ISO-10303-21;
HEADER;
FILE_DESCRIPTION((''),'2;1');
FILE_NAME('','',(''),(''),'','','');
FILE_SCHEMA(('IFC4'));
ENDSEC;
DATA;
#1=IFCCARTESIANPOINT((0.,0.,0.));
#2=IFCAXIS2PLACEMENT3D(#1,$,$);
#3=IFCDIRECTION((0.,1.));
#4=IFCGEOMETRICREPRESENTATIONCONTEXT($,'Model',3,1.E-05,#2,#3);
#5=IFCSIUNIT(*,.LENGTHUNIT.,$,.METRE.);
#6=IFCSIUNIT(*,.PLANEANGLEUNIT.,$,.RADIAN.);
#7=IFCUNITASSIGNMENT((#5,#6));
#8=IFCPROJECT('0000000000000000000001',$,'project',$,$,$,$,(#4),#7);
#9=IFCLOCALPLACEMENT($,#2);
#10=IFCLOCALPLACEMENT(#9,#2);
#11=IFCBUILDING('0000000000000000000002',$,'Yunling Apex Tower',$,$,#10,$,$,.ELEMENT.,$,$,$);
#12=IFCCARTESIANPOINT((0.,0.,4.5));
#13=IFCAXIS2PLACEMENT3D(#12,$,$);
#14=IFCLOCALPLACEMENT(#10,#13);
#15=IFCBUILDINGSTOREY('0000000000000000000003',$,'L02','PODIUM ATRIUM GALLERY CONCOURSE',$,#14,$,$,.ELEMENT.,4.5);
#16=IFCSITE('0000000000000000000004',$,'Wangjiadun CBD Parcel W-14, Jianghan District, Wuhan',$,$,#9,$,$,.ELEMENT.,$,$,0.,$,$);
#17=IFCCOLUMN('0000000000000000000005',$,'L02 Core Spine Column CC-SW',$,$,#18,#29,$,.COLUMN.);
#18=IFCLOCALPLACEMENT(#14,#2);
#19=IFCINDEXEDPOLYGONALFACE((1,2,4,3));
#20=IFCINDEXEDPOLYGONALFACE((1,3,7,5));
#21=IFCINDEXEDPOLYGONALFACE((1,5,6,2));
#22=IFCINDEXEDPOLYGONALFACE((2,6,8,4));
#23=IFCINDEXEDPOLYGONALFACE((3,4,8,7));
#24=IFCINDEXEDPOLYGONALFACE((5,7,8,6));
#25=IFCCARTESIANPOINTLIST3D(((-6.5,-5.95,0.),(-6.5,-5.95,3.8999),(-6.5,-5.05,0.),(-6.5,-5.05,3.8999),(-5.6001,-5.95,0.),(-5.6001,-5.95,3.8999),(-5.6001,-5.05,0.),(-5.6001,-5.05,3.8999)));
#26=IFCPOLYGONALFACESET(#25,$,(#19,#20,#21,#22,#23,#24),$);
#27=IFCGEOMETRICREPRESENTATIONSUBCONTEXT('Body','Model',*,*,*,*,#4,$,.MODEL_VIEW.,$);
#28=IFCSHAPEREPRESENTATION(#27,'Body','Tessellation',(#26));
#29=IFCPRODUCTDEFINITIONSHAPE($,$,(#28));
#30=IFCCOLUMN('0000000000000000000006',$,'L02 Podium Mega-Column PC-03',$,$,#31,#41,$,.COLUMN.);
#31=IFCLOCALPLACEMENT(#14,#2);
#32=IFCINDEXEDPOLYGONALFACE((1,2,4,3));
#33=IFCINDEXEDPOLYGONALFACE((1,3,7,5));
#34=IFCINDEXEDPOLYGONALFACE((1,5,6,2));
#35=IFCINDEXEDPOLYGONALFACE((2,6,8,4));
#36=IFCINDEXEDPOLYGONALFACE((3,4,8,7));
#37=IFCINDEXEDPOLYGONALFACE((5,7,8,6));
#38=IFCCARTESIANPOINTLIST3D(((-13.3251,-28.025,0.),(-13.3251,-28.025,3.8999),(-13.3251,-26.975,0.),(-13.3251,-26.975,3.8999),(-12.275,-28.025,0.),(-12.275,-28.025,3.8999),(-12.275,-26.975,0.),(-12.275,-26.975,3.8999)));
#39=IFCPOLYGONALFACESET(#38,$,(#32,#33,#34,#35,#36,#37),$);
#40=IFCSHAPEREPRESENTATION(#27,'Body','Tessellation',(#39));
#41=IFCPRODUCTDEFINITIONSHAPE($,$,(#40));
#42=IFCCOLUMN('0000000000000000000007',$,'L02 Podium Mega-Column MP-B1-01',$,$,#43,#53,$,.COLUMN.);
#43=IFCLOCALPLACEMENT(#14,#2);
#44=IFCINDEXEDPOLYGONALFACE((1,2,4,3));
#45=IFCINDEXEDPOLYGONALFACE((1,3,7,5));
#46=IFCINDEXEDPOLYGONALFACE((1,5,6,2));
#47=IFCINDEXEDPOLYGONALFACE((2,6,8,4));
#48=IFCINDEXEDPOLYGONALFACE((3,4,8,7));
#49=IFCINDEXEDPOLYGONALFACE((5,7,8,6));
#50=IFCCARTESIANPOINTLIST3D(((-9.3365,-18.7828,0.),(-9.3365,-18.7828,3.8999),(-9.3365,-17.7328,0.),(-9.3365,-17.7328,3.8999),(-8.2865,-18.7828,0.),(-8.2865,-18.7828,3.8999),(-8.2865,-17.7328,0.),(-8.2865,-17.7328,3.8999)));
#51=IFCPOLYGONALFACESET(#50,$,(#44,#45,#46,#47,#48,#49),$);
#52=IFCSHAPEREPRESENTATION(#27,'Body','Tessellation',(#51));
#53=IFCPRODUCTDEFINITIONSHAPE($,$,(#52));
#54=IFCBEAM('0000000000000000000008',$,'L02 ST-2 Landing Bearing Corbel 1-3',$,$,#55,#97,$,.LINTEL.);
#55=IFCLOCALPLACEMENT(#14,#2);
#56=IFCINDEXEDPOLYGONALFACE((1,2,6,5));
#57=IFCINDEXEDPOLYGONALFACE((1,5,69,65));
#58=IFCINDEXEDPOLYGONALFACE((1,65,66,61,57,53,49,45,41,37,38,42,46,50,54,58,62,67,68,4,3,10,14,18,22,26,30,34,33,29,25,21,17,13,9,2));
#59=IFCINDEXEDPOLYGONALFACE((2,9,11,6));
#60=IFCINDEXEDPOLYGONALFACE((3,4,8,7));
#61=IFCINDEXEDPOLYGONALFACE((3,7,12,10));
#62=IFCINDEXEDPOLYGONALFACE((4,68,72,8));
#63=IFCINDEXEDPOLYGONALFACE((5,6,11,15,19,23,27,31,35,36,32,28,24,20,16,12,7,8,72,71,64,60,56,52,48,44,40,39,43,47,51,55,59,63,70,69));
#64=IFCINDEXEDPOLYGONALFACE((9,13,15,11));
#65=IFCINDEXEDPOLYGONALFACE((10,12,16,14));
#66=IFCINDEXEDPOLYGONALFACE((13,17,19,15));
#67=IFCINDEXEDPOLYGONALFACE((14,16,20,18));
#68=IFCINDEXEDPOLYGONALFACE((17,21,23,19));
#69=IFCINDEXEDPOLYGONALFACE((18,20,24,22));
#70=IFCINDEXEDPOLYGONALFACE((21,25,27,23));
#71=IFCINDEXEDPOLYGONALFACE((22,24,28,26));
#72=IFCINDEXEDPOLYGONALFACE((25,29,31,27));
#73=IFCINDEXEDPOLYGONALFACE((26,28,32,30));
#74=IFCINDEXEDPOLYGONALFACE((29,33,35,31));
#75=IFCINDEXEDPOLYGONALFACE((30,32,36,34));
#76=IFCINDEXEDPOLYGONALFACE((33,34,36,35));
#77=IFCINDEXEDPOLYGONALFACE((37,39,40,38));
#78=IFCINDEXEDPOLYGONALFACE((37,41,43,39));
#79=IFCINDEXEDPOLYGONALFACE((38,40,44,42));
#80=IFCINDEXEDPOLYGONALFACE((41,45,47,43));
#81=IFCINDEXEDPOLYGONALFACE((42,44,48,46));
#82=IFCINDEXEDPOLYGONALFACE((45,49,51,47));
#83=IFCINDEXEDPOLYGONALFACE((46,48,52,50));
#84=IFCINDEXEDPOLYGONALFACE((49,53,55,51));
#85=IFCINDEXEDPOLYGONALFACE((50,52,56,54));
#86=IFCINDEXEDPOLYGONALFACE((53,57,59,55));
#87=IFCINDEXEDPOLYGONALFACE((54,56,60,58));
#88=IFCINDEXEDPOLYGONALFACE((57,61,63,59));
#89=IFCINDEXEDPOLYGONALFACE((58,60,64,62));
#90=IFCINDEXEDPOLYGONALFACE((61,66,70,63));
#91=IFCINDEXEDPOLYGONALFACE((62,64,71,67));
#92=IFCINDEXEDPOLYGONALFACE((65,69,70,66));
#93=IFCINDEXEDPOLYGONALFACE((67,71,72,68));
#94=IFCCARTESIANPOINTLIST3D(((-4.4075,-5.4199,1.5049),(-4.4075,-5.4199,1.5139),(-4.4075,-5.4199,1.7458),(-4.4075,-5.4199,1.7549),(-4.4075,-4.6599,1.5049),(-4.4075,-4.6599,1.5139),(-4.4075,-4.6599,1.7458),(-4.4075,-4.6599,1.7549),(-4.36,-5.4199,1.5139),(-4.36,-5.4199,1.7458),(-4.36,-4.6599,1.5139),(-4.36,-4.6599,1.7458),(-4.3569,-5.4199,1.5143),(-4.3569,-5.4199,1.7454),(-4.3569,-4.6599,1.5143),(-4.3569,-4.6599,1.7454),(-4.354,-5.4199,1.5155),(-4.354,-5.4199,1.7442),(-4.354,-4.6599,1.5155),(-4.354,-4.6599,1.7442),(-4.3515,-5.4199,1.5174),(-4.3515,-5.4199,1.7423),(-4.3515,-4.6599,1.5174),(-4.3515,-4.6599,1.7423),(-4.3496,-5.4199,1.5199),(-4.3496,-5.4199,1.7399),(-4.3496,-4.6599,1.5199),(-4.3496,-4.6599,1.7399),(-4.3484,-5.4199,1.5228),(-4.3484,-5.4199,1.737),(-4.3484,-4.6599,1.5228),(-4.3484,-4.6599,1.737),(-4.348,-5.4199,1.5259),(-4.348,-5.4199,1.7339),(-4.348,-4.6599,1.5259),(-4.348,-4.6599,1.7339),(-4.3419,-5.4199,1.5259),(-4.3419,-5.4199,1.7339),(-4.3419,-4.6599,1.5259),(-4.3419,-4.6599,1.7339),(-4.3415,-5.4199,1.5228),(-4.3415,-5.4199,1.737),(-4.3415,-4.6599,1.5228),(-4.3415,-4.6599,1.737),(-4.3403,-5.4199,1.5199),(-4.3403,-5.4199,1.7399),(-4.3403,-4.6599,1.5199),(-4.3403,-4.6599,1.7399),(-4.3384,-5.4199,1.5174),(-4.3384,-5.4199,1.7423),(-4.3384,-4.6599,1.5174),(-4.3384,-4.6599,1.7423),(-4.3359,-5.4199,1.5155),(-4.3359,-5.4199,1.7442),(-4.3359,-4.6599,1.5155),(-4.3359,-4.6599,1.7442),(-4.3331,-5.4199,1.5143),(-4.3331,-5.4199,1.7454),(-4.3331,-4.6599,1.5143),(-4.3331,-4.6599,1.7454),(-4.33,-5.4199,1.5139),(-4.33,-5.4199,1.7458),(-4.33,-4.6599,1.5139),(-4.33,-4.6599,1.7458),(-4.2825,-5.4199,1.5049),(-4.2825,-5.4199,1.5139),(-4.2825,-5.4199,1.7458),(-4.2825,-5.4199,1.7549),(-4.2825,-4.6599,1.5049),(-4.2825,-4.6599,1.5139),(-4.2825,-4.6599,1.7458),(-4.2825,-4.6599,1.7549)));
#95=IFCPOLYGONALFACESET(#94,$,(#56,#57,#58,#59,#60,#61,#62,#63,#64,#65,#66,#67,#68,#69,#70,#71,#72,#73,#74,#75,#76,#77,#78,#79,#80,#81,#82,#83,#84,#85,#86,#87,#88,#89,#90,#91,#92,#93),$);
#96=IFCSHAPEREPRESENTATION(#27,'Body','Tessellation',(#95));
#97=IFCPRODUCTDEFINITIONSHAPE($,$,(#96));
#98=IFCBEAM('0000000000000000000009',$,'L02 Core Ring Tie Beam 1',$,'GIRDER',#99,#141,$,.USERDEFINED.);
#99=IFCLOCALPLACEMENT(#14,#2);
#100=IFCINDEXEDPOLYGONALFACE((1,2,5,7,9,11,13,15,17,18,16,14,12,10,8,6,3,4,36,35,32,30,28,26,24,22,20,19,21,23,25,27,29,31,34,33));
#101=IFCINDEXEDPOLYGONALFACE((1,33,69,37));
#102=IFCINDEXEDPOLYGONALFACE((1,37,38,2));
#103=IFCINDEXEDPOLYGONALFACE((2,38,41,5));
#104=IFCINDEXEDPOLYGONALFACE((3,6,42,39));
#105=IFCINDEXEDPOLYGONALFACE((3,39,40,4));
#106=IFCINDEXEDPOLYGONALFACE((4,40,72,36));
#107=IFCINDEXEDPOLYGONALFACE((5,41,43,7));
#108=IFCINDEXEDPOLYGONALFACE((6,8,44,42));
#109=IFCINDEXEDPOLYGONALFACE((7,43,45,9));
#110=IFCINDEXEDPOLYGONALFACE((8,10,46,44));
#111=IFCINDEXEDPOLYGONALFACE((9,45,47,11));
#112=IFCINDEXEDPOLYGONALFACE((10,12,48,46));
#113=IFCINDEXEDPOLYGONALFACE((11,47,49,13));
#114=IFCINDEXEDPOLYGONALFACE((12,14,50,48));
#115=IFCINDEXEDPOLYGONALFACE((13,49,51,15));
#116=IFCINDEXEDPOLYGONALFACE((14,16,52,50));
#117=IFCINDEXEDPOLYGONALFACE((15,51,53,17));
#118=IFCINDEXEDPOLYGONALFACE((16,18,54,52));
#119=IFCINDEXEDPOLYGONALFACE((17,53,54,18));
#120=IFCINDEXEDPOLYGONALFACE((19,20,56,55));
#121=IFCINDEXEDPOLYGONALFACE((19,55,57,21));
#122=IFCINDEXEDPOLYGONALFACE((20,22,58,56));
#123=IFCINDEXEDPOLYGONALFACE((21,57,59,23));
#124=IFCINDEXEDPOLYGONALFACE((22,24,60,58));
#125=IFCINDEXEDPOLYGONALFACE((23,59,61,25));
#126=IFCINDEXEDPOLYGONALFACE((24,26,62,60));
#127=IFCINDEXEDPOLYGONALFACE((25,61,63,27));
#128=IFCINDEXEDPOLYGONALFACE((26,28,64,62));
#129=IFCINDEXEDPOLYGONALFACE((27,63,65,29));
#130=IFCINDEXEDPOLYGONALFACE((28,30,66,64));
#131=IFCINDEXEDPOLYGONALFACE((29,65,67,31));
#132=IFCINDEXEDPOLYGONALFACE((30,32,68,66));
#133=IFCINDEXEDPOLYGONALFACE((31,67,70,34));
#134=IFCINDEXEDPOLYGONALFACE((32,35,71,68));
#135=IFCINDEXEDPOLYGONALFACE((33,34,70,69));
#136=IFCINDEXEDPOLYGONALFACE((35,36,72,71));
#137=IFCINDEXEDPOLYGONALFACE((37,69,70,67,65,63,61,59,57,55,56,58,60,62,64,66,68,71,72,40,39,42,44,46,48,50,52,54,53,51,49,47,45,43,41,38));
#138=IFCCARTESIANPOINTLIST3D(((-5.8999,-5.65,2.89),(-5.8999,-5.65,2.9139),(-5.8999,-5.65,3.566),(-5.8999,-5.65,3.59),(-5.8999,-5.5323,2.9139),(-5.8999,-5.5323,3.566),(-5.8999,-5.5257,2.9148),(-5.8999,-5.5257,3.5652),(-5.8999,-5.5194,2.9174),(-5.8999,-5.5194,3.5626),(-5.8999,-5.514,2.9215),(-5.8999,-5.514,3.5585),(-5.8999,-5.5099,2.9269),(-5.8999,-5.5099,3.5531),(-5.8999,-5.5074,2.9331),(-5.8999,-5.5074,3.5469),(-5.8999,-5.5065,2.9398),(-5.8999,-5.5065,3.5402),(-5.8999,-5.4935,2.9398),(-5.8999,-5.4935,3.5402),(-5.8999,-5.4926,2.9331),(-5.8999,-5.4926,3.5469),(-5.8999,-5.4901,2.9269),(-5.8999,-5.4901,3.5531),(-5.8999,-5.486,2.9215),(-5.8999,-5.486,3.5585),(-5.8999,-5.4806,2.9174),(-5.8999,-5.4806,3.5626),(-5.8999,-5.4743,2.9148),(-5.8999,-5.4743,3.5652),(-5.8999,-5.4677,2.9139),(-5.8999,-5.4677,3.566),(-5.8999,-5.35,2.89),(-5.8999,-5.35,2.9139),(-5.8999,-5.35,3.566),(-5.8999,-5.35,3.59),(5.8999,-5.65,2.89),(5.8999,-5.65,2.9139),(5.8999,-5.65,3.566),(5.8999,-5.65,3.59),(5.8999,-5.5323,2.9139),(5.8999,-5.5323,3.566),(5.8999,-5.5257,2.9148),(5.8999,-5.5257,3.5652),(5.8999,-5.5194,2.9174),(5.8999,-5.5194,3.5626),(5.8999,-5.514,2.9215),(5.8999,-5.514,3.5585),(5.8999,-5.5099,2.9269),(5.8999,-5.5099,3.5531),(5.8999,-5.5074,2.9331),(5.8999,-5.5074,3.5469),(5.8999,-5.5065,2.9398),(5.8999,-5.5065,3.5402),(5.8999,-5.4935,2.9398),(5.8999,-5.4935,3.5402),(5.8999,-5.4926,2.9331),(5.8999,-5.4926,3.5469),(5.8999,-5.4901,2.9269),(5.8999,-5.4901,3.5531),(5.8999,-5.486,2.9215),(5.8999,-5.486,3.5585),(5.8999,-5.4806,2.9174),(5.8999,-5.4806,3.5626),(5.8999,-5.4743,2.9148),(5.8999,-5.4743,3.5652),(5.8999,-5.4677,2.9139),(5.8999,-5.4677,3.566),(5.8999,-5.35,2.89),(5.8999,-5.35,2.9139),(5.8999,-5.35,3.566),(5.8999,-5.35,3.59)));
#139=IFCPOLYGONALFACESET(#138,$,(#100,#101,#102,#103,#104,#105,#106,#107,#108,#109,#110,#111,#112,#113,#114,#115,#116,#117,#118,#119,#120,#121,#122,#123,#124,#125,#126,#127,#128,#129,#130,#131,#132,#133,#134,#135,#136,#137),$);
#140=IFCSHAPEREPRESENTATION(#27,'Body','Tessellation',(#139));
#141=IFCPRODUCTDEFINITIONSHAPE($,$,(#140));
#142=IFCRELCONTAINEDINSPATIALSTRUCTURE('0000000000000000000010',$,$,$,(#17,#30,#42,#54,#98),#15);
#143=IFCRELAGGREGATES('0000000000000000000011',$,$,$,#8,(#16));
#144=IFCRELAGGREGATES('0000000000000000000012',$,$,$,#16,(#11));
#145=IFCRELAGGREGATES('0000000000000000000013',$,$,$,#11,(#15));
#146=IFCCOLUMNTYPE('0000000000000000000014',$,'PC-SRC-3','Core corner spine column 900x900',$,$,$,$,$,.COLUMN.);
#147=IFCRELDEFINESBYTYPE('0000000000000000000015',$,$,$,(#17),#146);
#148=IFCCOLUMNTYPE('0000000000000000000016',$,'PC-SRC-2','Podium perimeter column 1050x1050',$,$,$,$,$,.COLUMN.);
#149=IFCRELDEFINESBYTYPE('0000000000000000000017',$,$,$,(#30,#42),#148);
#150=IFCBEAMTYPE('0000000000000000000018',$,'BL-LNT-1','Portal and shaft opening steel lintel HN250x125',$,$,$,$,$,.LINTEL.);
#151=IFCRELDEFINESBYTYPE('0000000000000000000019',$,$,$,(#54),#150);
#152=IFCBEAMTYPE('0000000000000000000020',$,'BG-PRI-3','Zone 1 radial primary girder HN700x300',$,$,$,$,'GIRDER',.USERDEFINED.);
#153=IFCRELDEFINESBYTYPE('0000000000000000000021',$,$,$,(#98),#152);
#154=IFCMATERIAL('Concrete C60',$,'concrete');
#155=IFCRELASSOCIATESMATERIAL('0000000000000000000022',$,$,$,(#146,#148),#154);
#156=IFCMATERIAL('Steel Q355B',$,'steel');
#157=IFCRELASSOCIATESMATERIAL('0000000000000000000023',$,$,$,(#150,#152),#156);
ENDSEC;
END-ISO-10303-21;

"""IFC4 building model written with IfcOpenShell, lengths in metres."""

from ifc_helpers import new_model, si_unit, direction, frame, origin, origin_2d, place, context, subcontext, project, spatial, rectangle, i_section, extrude, source, transform, mapped, material, material_profile, profile_set, type_object, element, save


model = new_model("IFC4")

# Units and contexts
model_context = context("Model", 3, precision=1e-05, world=origin(), true_north=direction((0.0, 1.0)))
body_context = subcontext(model_context, "Body", "Model", "MODEL_VIEW")
ifc_project = project(units=[si_unit("LENGTHUNIT", "METRE"), si_unit("PLANEANGLEUNIT", "RADIAN")], contexts=[model_context])

# Site, building, storey
site_placement = place(None, origin())
site = spatial("IfcSite", under=ifc_project, at=site_placement, Name="Wangjiadun CBD Parcel W-14, Jianghan District, Wuhan", CompositionType="ELEMENT", RefElevation=0.0)
building_placement = place(site_placement, origin())
building = spatial("IfcBuilding", under=site, at=building_placement, Name="Yunling Apex Tower", CompositionType="ELEMENT")
storey_placement = place(building_placement, frame((0.0, 0.0, 4.5)))
storey = spatial("IfcBuildingStorey", under=building, at=storey_placement, Name="L02", Description="PODIUM ATRIUM GALLERY CONCOURSE", CompositionType="ELEMENT", Elevation=4.5)

# Columns
ifc_material_1 = material(Name="Concrete C60", Category="concrete")
ifc_material_profile_1 = material_profile(ifc_material_1, rectangle(XDim=0.8999, YDim=0.8999, at=origin_2d()))
ifc_profile_set_1 = profile_set([ifc_material_profile_1], Name="Concrete C60")
column_type_1 = type_object("IfcColumnType", Name="PC-SRC-3", Description="Core corner spine column 900x900", PredefinedType="COLUMN", material=ifc_profile_set_1)
shared_shape_1 = source(origin(), body_context, "Body", "SweptSolid", [
    extrude(rectangle(XDim=0.8999, YDim=0.8999, at=origin_2d()), origin(), (0.0, 0.0, 1.0), 3.8999),
])
column_placement = place(storey_placement, frame((-6.05, -5.5, 0.0), z_axis=(0.0, 0.0, 1.0), x_axis=(1.0, 0.0, 0.0)))
element("IfcColumn", 1, at=column_placement, inside=storey, type_object=column_type_1, Name="L02 Core Spine Column CC-SW", PredefinedType="COLUMN", context=body_context, shape_type="MappedRepresentation", body=[
    mapped(shared_shape_1, transform((0.0, 0.0, 0.0), scale=1.0)),
])
ifc_material_profile_2 = material_profile(ifc_material_1, rectangle(XDim=1.05, YDim=1.05, at=origin_2d()))
ifc_profile_set_2 = profile_set([ifc_material_profile_2], Name="Concrete C60")
column_type_2 = type_object("IfcColumnType", Name="PC-SRC-2", Description="Podium perimeter column 1050x1050", PredefinedType="COLUMN", material=ifc_profile_set_2)
shared_shape_2 = source(origin(), body_context, "Body", "SweptSolid", [
    extrude(rectangle(XDim=1.05, YDim=1.05, at=origin_2d()), origin(), (0.0, 0.0, 1.0), 3.8999),
])
for number, where, z_axis, x_axis, name in (
    (2, (-12.8, -27.5, 0.0), (0.0, 0.0, 1.0), (1.0, 0.0, 0.0), "L02 Podium Mega-Column PC-03"),
    (3, (-8.8115, -18.2578, 0.0), (0.0, 0.0, 1.0), (1.0, 0.0, 0.0), "L02 Podium Mega-Column MP-B1-01"),
):
    element("IfcColumn", number, at=place(storey_placement, frame(where, z_axis=z_axis, x_axis=x_axis)), inside=storey, type_object=column_type_2, Name=name, PredefinedType="COLUMN", context=body_context, shape_type="MappedRepresentation", body=[
        mapped(shared_shape_2, transform((0.0, 0.0, 0.0), scale=1.0)),
    ])

# Beams
ifc_material_2 = material(Name="Steel Q355B", Category="steel")
ifc_material_profile_3 = material_profile(ifc_material_2, i_section(OverallWidth=0.125, OverallDepth=0.25, WebThickness=0.0061, FlangeThickness=0.009, FilletRadius=0.012, at=origin_2d()))
ifc_profile_set_3 = profile_set([ifc_material_profile_3], Name="Steel Q355B")
beam_type_1 = type_object("IfcBeamType", Name="BL-LNT-1", Description="Portal and shaft opening steel lintel HN250x125", PredefinedType="LINTEL", material=ifc_profile_set_3)
shared_shape_3 = source(origin(), body_context, "Body", "SweptSolid", [
    extrude(i_section(OverallWidth=0.125, OverallDepth=0.25, WebThickness=0.0061, FlangeThickness=0.009, FilletRadius=0.012, at=origin_2d()), origin(), (0.0, 0.0, 1.0), 0.76),
])
beam_1_placement = place(storey_placement, frame((-4.345, -5.4199, 1.6299), z_axis=(0.0, 1.0, 0.0), x_axis=(-1.0, 0.0, 0.0)))
element("IfcBeam", 4, at=beam_1_placement, inside=storey, type_object=beam_type_1, Name="L02 ST-2 Landing Bearing Corbel 1-3", PredefinedType="LINTEL", context=body_context, shape_type="MappedRepresentation", body=[
    mapped(shared_shape_3, transform((0.0, 0.0, 0.0), scale=1.0)),
])
ifc_material_profile_4 = material_profile(ifc_material_2, i_section(OverallWidth=0.3, OverallDepth=0.7, WebThickness=0.0129, FlangeThickness=0.0239, FilletRadius=0.0259, at=origin_2d()))
ifc_profile_set_4 = profile_set([ifc_material_profile_4], Name="Steel Q355B")
beam_type_2 = type_object("IfcBeamType", Name="BG-PRI-3", Description="Zone 1 radial primary girder HN700x300", ElementType="GIRDER", PredefinedType="USERDEFINED", material=ifc_profile_set_4)
shared_shape_4 = source(origin(), body_context, "Body", "SweptSolid", [
    extrude(i_section(OverallWidth=0.3, OverallDepth=0.7, WebThickness=0.0129, FlangeThickness=0.0239, FilletRadius=0.0259, at=origin_2d()), origin(), (0.0, 0.0, 1.0), 11.7998),
])
beam_2_placement = place(storey_placement, frame((-5.8999, -5.5, 3.24), z_axis=(1.0, 0.0, 0.0), x_axis=(0.0, 1.0, 0.0)))
element("IfcBeam", 5, at=beam_2_placement, inside=storey, type_object=beam_type_2, Name="L02 Core Ring Tie Beam 1", ObjectType="GIRDER", PredefinedType="USERDEFINED", context=body_context, shape_type="MappedRepresentation", body=[
    mapped(shared_shape_4, transform((0.0, 0.0, 0.0), scale=1.0)),
])

save(model, "model.ifc")
